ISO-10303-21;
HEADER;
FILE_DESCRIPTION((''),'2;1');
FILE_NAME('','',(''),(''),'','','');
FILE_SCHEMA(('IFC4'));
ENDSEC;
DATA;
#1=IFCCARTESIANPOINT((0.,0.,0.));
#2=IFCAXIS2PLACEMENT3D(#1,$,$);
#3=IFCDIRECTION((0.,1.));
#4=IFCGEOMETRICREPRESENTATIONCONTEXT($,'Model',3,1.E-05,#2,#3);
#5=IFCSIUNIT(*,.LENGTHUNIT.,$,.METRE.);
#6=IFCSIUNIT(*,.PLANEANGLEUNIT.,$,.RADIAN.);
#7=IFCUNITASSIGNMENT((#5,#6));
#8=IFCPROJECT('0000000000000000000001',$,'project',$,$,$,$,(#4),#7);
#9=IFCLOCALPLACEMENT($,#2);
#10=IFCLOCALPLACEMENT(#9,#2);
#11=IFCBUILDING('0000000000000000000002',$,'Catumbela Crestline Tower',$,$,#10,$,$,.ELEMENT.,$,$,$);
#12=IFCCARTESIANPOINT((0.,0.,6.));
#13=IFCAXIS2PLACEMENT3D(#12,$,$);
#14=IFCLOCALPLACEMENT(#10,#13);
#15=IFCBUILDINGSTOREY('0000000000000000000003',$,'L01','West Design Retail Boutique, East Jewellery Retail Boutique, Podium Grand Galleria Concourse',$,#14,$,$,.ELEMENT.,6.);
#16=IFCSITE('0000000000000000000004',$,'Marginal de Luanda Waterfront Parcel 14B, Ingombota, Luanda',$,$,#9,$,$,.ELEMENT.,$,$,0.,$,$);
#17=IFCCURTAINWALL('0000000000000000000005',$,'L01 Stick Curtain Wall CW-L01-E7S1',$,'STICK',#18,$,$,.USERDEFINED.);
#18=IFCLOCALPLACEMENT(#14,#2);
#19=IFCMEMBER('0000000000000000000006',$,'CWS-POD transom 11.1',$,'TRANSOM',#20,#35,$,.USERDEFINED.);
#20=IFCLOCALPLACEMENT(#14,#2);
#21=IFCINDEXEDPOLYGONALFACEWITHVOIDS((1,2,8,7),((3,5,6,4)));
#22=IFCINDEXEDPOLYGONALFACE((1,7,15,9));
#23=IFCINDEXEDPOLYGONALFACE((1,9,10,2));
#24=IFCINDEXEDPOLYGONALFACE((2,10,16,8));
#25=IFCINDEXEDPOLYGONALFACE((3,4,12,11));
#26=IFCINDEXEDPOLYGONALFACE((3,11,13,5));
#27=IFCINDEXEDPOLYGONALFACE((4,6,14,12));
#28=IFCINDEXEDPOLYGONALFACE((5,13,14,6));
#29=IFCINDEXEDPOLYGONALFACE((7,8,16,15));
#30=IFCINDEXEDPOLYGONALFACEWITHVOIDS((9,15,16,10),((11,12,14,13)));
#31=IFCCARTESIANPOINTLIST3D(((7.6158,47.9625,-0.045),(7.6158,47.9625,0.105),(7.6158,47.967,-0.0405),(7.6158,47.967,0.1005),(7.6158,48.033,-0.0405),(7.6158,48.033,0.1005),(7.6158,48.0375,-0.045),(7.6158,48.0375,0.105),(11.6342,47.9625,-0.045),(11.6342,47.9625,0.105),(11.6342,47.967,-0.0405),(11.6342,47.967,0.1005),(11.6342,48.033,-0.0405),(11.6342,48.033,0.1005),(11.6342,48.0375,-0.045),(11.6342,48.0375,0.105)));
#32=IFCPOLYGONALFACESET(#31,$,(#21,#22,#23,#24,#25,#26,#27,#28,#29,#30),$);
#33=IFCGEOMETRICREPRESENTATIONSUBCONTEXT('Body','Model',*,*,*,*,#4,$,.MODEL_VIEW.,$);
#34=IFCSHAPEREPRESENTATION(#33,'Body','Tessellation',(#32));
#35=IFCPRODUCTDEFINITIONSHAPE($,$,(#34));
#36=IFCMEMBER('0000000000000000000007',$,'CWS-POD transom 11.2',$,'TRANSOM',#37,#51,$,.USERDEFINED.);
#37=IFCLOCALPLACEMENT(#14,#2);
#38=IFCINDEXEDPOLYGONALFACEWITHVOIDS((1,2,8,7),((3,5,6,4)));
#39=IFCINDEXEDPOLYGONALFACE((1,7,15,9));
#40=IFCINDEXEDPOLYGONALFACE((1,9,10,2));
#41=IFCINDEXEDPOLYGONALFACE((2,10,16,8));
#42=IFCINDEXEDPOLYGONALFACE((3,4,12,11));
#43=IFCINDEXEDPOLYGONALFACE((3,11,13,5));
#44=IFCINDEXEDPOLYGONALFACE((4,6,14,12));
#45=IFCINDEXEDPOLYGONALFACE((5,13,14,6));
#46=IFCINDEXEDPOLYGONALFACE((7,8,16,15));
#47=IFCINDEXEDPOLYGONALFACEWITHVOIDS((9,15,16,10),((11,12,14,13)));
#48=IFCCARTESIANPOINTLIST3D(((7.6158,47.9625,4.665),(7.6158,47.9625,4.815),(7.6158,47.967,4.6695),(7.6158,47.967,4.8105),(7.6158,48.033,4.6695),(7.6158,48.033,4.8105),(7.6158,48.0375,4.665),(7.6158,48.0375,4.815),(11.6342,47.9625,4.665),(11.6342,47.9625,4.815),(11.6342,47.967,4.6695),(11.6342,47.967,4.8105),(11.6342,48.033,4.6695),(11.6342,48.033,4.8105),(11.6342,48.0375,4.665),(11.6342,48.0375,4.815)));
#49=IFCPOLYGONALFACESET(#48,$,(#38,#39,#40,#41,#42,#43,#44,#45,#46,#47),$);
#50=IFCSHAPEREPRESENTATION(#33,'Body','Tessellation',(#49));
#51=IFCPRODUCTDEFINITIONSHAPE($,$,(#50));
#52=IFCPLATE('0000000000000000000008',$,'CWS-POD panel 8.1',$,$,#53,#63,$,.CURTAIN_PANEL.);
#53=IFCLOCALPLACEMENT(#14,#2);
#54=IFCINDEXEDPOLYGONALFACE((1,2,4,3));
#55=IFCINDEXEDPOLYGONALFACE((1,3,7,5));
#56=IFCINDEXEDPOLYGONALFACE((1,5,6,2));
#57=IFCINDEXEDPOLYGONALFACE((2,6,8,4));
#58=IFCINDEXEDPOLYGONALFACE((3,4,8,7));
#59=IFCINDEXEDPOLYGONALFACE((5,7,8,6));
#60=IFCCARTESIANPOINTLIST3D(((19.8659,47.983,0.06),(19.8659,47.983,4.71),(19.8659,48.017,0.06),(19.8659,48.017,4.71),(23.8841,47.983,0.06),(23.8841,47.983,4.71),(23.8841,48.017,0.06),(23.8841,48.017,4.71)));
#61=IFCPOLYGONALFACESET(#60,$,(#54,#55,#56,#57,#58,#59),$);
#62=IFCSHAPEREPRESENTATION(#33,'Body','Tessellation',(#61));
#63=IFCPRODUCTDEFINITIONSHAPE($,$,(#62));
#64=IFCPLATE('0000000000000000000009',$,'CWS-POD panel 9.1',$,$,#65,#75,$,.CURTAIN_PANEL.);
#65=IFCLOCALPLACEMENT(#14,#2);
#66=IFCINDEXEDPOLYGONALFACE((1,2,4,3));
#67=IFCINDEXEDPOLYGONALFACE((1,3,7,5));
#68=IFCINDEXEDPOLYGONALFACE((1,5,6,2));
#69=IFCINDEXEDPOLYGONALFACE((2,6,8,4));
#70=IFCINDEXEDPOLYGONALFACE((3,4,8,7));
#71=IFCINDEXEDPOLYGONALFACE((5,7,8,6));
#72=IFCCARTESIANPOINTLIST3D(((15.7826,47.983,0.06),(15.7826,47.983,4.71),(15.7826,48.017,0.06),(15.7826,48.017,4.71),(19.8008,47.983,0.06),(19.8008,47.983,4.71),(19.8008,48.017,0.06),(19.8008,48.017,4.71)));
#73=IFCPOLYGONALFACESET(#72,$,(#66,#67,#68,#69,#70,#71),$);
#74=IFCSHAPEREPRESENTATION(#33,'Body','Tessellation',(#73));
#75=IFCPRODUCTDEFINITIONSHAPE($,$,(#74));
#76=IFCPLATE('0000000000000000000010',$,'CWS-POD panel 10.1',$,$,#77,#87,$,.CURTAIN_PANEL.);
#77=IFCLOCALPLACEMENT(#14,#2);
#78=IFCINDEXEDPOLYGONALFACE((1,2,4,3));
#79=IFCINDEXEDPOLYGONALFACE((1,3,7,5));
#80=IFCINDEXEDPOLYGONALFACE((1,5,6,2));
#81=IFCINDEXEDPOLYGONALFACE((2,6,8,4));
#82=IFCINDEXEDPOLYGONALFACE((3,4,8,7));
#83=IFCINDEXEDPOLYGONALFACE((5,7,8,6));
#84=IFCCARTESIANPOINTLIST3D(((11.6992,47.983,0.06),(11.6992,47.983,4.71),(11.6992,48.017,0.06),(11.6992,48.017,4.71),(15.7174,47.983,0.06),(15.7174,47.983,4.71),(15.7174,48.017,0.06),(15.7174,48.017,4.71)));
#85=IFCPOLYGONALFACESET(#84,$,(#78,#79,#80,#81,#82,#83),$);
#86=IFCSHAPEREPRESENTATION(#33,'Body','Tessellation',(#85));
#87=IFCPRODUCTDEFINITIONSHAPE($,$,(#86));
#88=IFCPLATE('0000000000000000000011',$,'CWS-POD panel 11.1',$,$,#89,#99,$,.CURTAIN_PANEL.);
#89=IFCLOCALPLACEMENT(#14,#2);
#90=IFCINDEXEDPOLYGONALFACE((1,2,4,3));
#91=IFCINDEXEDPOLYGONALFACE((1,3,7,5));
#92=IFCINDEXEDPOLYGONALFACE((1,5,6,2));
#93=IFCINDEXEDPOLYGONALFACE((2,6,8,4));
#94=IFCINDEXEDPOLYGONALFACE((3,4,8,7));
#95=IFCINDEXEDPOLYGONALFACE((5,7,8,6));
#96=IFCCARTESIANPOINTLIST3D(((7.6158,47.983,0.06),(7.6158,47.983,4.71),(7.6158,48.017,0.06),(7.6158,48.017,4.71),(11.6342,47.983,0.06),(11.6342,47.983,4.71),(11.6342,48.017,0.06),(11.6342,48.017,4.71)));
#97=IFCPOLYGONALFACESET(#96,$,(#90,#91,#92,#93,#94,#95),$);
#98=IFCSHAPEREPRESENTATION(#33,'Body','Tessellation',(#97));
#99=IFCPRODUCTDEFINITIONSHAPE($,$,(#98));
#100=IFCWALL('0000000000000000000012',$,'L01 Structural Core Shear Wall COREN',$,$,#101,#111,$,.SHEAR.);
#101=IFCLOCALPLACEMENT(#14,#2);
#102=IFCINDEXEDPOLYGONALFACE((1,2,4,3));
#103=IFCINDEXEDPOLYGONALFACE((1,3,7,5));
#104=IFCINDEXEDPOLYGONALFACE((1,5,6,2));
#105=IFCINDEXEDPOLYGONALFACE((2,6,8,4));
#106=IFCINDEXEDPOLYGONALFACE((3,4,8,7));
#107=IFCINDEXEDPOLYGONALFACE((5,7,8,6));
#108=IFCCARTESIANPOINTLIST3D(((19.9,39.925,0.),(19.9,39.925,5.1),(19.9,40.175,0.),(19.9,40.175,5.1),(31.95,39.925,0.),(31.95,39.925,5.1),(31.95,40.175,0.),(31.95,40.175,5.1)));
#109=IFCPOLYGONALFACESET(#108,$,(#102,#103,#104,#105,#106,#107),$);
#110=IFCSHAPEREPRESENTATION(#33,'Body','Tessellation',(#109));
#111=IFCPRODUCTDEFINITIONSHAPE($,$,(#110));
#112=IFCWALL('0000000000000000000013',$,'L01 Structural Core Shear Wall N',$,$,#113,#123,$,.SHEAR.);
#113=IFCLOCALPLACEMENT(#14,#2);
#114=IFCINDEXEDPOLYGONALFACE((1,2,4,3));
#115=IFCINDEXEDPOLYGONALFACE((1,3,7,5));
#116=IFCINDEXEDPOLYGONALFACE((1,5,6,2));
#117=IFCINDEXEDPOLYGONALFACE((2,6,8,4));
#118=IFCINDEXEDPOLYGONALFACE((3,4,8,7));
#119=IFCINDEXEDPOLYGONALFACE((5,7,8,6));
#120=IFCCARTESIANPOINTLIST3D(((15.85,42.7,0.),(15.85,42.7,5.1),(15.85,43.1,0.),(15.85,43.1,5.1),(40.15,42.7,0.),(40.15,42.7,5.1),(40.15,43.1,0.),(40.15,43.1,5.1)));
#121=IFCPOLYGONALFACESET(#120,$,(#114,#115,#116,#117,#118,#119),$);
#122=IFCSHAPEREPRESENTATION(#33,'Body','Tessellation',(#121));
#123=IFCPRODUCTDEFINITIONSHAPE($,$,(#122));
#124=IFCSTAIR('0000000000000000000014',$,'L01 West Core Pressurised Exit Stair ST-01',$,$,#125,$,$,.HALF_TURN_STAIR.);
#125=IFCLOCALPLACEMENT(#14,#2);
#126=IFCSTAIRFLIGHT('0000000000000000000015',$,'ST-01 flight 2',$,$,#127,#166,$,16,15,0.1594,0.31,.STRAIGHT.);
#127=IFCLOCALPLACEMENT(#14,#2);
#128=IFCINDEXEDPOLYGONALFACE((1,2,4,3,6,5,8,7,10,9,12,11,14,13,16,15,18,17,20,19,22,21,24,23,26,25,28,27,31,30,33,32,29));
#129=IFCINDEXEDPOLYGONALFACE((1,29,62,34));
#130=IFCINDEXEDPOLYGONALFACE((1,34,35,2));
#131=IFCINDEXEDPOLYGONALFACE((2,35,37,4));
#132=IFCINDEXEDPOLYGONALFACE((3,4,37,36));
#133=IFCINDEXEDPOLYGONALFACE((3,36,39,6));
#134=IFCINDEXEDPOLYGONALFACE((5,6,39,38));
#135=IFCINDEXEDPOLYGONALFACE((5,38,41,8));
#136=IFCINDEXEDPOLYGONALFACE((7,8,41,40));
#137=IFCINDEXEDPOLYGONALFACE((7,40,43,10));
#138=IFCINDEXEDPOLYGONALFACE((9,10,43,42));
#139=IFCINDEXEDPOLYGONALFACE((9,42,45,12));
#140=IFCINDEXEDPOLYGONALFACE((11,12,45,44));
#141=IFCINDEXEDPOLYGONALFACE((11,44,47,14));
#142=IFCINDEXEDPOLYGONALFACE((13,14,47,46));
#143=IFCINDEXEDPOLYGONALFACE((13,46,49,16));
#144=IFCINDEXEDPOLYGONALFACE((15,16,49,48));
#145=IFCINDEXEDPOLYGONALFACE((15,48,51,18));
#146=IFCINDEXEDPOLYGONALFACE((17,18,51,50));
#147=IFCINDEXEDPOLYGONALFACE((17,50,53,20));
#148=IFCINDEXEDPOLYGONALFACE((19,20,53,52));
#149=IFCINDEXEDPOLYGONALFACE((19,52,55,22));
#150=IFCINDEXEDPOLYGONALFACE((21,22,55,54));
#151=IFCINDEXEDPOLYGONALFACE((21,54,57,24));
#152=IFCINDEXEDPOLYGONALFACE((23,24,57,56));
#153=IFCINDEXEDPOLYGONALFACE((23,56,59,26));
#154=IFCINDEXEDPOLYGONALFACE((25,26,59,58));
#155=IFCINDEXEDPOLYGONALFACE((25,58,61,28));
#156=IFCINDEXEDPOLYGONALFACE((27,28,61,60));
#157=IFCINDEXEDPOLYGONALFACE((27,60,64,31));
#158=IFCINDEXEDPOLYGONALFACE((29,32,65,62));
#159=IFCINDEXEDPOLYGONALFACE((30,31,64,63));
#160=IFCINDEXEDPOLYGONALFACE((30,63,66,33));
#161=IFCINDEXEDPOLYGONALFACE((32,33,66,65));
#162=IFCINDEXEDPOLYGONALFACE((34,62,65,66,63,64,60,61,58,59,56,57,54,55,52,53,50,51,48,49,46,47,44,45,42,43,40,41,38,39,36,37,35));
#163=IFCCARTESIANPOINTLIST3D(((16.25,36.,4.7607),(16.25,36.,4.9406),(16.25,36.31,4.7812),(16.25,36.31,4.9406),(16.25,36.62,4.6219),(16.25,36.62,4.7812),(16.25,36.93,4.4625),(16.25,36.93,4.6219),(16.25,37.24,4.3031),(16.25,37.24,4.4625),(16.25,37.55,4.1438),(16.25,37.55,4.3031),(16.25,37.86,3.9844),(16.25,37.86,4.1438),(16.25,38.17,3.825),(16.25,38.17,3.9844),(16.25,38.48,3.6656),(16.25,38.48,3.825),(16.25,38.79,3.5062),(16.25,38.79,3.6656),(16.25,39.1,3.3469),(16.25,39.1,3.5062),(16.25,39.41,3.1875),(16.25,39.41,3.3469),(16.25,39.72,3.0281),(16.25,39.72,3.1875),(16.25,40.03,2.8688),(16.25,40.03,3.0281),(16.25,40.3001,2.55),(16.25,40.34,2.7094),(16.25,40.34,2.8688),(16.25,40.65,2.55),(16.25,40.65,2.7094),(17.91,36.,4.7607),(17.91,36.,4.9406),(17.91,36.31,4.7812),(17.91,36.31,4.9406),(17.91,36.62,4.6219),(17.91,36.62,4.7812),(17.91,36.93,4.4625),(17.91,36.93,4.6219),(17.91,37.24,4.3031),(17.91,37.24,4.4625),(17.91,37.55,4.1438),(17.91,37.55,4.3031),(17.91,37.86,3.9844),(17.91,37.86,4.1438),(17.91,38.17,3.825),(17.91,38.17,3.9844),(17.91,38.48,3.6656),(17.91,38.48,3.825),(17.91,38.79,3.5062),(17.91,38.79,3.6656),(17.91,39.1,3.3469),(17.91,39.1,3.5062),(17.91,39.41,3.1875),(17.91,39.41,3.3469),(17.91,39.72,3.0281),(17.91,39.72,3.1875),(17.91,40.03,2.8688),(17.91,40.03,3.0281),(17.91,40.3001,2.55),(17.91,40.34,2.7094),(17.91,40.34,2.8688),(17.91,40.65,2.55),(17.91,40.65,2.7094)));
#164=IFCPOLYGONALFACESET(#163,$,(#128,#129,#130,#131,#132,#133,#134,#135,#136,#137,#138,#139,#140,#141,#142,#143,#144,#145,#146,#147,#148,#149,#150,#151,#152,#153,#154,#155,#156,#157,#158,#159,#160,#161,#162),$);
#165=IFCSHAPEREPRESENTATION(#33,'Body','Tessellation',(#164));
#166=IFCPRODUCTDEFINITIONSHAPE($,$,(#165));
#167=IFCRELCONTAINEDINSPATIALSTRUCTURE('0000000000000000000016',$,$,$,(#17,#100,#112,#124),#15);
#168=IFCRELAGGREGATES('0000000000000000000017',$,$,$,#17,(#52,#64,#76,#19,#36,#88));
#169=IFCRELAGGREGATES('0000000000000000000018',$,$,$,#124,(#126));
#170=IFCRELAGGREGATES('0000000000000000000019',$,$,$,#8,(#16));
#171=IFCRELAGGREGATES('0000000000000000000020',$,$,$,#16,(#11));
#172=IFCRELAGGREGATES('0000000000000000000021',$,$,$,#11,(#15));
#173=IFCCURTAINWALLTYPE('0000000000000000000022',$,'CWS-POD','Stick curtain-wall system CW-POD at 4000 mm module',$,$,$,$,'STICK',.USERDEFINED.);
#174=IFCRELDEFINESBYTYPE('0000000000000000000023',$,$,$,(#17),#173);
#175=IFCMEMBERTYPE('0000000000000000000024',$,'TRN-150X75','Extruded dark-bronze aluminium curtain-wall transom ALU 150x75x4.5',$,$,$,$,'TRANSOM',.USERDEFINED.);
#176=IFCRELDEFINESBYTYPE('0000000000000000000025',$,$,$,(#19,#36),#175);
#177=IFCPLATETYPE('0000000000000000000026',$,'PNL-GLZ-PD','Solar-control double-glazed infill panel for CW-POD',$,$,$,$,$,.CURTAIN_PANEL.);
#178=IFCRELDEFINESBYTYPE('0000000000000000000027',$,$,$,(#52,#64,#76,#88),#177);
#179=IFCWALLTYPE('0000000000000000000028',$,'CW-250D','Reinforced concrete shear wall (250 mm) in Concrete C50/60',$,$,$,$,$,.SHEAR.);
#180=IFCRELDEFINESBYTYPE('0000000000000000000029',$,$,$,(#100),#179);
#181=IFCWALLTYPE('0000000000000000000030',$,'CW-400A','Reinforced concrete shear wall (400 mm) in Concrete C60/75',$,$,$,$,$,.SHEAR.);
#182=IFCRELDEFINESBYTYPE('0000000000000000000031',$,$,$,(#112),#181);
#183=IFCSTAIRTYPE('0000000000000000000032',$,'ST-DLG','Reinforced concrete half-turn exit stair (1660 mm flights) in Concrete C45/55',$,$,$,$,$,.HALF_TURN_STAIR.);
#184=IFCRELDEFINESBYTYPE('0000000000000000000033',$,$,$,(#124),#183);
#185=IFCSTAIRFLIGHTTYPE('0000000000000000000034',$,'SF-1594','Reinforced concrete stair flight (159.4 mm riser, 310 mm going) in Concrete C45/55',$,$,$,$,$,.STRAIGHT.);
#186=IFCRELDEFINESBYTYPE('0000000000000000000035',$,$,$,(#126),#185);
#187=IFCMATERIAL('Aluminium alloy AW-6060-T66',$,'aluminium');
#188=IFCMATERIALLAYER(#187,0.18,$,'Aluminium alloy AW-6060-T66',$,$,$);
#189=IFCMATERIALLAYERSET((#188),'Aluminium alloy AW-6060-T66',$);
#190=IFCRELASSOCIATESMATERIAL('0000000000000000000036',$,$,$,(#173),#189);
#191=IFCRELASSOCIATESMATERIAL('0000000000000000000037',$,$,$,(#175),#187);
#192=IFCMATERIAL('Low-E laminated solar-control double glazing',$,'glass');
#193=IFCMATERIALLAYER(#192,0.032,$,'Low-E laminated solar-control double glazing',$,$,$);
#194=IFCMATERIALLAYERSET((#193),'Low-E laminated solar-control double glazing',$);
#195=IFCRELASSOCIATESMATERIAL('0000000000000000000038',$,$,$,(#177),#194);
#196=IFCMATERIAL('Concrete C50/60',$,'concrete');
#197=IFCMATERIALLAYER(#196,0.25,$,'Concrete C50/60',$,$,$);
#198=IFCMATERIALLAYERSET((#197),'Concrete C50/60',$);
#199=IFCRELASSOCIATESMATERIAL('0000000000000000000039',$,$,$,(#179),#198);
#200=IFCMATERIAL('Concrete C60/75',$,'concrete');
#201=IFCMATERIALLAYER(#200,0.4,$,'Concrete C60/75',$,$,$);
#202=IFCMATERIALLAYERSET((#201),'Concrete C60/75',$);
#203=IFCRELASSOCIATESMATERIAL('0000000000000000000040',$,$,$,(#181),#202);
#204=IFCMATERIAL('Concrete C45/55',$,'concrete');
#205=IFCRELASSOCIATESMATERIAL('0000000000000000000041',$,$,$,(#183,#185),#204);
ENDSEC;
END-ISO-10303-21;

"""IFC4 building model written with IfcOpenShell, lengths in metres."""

from ifc_helpers import new_model, si_unit, direction, frame, frame_2d, origin, origin_2d, place, context, subcontext, project, spatial, polyline, rectangle, hollow_rectangle, outline, extrude, material, layer, layer_set, material_profile, profile_set, type_object, element, aggregate, save


model = new_model("IFC4")

# Units and contexts
model_context = context("Model", 3, precision=1e-05, world=origin(), true_north=direction((0.0, 1.0)))
body_context = subcontext(model_context, "Body", "Model", "MODEL_VIEW")
ifc_project = project(units=[si_unit("LENGTHUNIT", "METRE"), si_unit("PLANEANGLEUNIT", "RADIAN")], contexts=[model_context])

# Site, building, storey
site_placement = place(None, origin())
site = spatial("IfcSite", under=ifc_project, at=site_placement, Name="Marginal de Luanda Waterfront Parcel 14B, Ingombota, Luanda", CompositionType="ELEMENT", RefElevation=0.0)
building_placement = place(site_placement, origin())
building = spatial("IfcBuilding", under=site, at=building_placement, Name="Catumbela Crestline Tower", CompositionType="ELEMENT")
storey_placement = place(building_placement, frame((0.0, 0.0, 6.0)))
storey = spatial("IfcBuildingStorey", under=building, at=storey_placement, Name="L01", Description="West Design Retail Boutique, East Jewellery Retail Boutique, Podium Grand Galleria Concourse", CompositionType="ELEMENT", Elevation=6.0)

# Shared definitions
ifc_material_1 = material(Name="Concrete C60/75", Category="concrete")

# Curtain wall
ifc_material_2 = material(Name="Aluminium alloy AW-6060-T66", Category="aluminium")
ifc_layer_1 = layer(ifc_material_2, 0.18, Name="Aluminium alloy AW-6060-T66")
ifc_layer_set_1 = layer_set([ifc_layer_1], Name="Aluminium alloy AW-6060-T66")
curtain_wall_type = type_object("IfcCurtainWallType", Name="CWS-POD", Description="Stick curtain-wall system CW-POD at 4000 mm module", ElementType="STICK", PredefinedType="USERDEFINED", material=ifc_layer_set_1)
curtain_wall_placement = place(storey_placement, origin())
curtain_wall = element("IfcCurtainWall", 1, at=curtain_wall_placement, inside=storey, type_object=curtain_wall_type, Name="L01 Stick Curtain Wall CW-L01-E7S1", ObjectType="STICK", PredefinedType="USERDEFINED")

# Members
ifc_material_profile_1 = material_profile(ifc_material_2, hollow_rectangle(XDim=0.075, YDim=0.15, WallThickness=0.0045, at=origin_2d()), Name="ALU 150x75x4.5")
ifc_profile_set_1 = profile_set([ifc_material_profile_1], Name="Aluminium alloy AW-6060-T66")
member_type_1 = type_object("IfcMemberType", Name="TRN-150X75", Description="Extruded dark-bronze aluminium curtain-wall transom ALU 150x75x4.5", ElementType="TRANSOM", PredefinedType="USERDEFINED", material=ifc_profile_set_1)
member_1_placement = place(storey_placement, frame((11.6342, 48.0, 0.03), z_axis=(-1.0, 0.0, 0.0), x_axis=(0.0, -1.0, 0.0)))
member_1 = element("IfcMember", 2, at=member_1_placement, type_object=member_type_1, Name="CWS-POD transom 11.1", ObjectType="TRANSOM", PredefinedType="USERDEFINED", context=body_context, shape_type="SweptSolid", body=[
    extrude(hollow_rectangle(XDim=0.075, YDim=0.15, WallThickness=0.0045, at=origin_2d()), origin(), (0.0, 0.0, 1.0), 4.0184),
])
member_2_placement = place(storey_placement, frame((11.6342, 48.0, 4.74), z_axis=(-1.0, 0.0, 0.0), x_axis=(0.0, -1.0, 0.0)))
member_2 = element("IfcMember", 3, at=member_2_placement, type_object=member_type_1, Name="CWS-POD transom 11.2", ObjectType="TRANSOM", PredefinedType="USERDEFINED", context=body_context, shape_type="SweptSolid", body=[
    extrude(hollow_rectangle(XDim=0.075, YDim=0.15, WallThickness=0.0045, at=origin_2d()), origin(), (0.0, 0.0, 1.0), 4.0184),
])

# Plates
ifc_material_3 = material(Name="Low-E laminated solar-control double glazing", Category="glass")
ifc_layer_2 = layer(ifc_material_3, 0.032, Name="Low-E laminated solar-control double glazing")
ifc_layer_set_2 = layer_set([ifc_layer_2], Name="Low-E laminated solar-control double glazing")
plate_type = type_object("IfcPlateType", Name="PNL-GLZ-PD", Description="Solar-control double-glazed infill panel for CW-POD", PredefinedType="CURTAIN_PANEL", material=ifc_layer_set_2)
plate_1_placement = place(storey_placement, frame((21.875, 48.0, 0.06), z_axis=(0.0, 0.0, 1.0), x_axis=(-1.0, 0.0, 0.0)))
plate_1 = element("IfcPlate", 4, at=plate_1_placement, type_object=plate_type, Name="CWS-POD panel 8.1", PredefinedType="CURTAIN_PANEL", context=body_context, shape_type="SweptSolid", body=[
    extrude(rectangle(XDim=4.0183, YDim=0.034, at=origin_2d()), origin(), (0.0, 0.0, 1.0), 4.65),
])
plate_2_placement = place(storey_placement, frame((17.7917, 48.0, 0.06), z_axis=(0.0, 0.0, 1.0), x_axis=(-1.0, 0.0, 0.0)))
plate_2 = element("IfcPlate", 5, at=plate_2_placement, type_object=plate_type, Name="CWS-POD panel 9.1", PredefinedType="CURTAIN_PANEL", context=body_context, shape_type="SweptSolid", body=[
    extrude(rectangle(XDim=4.0183, YDim=0.034, at=origin_2d()), origin(), (0.0, 0.0, 1.0), 4.65),
])
plate_3_placement = place(storey_placement, frame((13.7083, 48.0, 0.06), z_axis=(0.0, 0.0, 1.0), x_axis=(-1.0, 0.0, 0.0)))
plate_3 = element("IfcPlate", 6, at=plate_3_placement, type_object=plate_type, Name="CWS-POD panel 10.1", PredefinedType="CURTAIN_PANEL", context=body_context, shape_type="SweptSolid", body=[
    extrude(rectangle(XDim=4.0183, YDim=0.034, at=origin_2d()), origin(), (0.0, 0.0, 1.0), 4.65),
])
plate_4_placement = place(storey_placement, frame((9.625, 48.0, 0.06), z_axis=(0.0, 0.0, 1.0), x_axis=(-1.0, 0.0, 0.0)))
plate_4 = element("IfcPlate", 7, at=plate_4_placement, type_object=plate_type, Name="CWS-POD panel 11.1", PredefinedType="CURTAIN_PANEL", context=body_context, shape_type="SweptSolid", body=[
    extrude(rectangle(XDim=4.0183, YDim=0.034, at=origin_2d()), origin(), (0.0, 0.0, 1.0), 4.65),
])
aggregate(curtain_wall, [plate_1, plate_2, plate_3, member_1, member_2, plate_4])

# Walls
ifc_material_4 = material(Name="Concrete C50/60", Category="concrete")
ifc_layer_3 = layer(ifc_material_4, 0.25, Name="Concrete C50/60")
ifc_layer_set_3 = layer_set([ifc_layer_3], Name="Concrete C50/60")
wall_type_1 = type_object("IfcWallType", Name="CW-250D", Description="Reinforced concrete shear wall (250 mm) in Concrete C50/60", PredefinedType="SHEAR", material=ifc_layer_set_3)
wall_1_placement = place(storey_placement, frame((19.9, 40.05, 0.0), z_axis=(0.0, 0.0, 1.0), x_axis=(1.0, 0.0, 0.0)))
element("IfcWall", 8, at=wall_1_placement, inside=storey, type_object=wall_type_1, Name="L01 Structural Core Shear Wall COREN", PredefinedType="SHEAR", context=body_context, shape_type="SweptSolid", body=[
    extrude(rectangle(XDim=12.05, YDim=0.25, at=frame_2d((6.025, 0.0))), origin(), (0.0, 0.0, 1.0), 5.1),
])
ifc_layer_4 = layer(ifc_material_1, 0.4, Name="Concrete C60/75")
ifc_layer_set_4 = layer_set([ifc_layer_4], Name="Concrete C60/75")
wall_type_2 = type_object("IfcWallType", Name="CW-400A", Description="Reinforced concrete shear wall (400 mm) in Concrete C60/75", PredefinedType="SHEAR", material=ifc_layer_set_4)
wall_2_placement = place(storey_placement, frame((15.85, 42.9, 0.0), z_axis=(0.0, 0.0, 1.0), x_axis=(1.0, 0.0, 0.0)))
element("IfcWall", 9, at=wall_2_placement, inside=storey, type_object=wall_type_2, Name="L01 Structural Core Shear Wall N", PredefinedType="SHEAR", context=body_context, shape_type="SweptSolid", body=[
    extrude(rectangle(XDim=24.3, YDim=0.4, at=frame_2d((12.15, 0.0))), origin(), (0.0, 0.0, 1.0), 5.1),
])

# Stair, stair flight
ifc_material_5 = material(Name="Concrete C45/55", Category="concrete")
stair_type = type_object("IfcStairType", Name="ST-DLG", Description="Reinforced concrete half-turn exit stair (1660 mm flights) in Concrete C45/55", PredefinedType="HALF_TURN_STAIR", material=ifc_material_5)
stair_1_placement = place(storey_placement, origin())
stair_1 = element("IfcStair", 10, at=stair_1_placement, inside=storey, type_object=stair_type, Name="L01 West Core Pressurised Exit Stair ST-01", PredefinedType="HALF_TURN_STAIR")
stair_flight_type = type_object("IfcStairFlightType", Name="SF-1594", Description="Reinforced concrete stair flight (159.4 mm riser, 310 mm going) in Concrete C45/55", PredefinedType="STRAIGHT", material=ifc_material_5)
stair_flight_1_placement = place(storey_placement, frame((17.08, 40.65, 2.55), z_axis=(0.0, 0.0, 1.0), x_axis=(0.0, -1.0, 0.0)))
stair_flight_1 = element("IfcStairFlight", 11, at=stair_flight_1_placement, type_object=stair_flight_type, Name="ST-01 flight 2", NumberOfRisers=16, NumberOfTreads=15, PredefinedType="STRAIGHT", RiserHeight=0.1594, TreadLength=0.31, context=body_context, shape_type="SweptSolid", body=[
    extrude(outline(polyline([(0.0, 0.0), (0.0, 0.1594), (0.31, 0.1594), (0.31, 0.3188), (0.62, 0.3188), (0.62, 0.4781), (0.93, 0.4781), (0.93, 0.6375), (1.24, 0.6375), (1.24, 0.7969), (1.55, 0.7969), (1.55, 0.9562), (1.86, 0.9562), (1.86, 1.1156), (2.17, 1.1156), (2.17, 1.275), (2.48, 1.275), (2.48, 1.4344), (2.79, 1.4344), (2.79, 1.5938), (3.1, 1.5938), (3.1, 1.7531), (3.41, 1.7531), (3.41, 1.9125), (3.72, 1.9125), (3.72, 2.0719), (4.03, 2.0719), (4.03, 2.2312), (4.34, 2.2312), (4.34, 2.3906), (4.65, 2.3906), (4.65, 2.55), (4.65, 2.2107), (0.3499, 0.0), (0.0, 0.0)])), frame((0.0, 0.83, 0.0), z_axis=(0.0, -1.0, 0.0), x_axis=(1.0, 0.0, 0.0)), (0.0, 0.0, 1.0), 1.66),
])
aggregate(stair_1, [stair_flight_1])

save(model, "model.ifc")
